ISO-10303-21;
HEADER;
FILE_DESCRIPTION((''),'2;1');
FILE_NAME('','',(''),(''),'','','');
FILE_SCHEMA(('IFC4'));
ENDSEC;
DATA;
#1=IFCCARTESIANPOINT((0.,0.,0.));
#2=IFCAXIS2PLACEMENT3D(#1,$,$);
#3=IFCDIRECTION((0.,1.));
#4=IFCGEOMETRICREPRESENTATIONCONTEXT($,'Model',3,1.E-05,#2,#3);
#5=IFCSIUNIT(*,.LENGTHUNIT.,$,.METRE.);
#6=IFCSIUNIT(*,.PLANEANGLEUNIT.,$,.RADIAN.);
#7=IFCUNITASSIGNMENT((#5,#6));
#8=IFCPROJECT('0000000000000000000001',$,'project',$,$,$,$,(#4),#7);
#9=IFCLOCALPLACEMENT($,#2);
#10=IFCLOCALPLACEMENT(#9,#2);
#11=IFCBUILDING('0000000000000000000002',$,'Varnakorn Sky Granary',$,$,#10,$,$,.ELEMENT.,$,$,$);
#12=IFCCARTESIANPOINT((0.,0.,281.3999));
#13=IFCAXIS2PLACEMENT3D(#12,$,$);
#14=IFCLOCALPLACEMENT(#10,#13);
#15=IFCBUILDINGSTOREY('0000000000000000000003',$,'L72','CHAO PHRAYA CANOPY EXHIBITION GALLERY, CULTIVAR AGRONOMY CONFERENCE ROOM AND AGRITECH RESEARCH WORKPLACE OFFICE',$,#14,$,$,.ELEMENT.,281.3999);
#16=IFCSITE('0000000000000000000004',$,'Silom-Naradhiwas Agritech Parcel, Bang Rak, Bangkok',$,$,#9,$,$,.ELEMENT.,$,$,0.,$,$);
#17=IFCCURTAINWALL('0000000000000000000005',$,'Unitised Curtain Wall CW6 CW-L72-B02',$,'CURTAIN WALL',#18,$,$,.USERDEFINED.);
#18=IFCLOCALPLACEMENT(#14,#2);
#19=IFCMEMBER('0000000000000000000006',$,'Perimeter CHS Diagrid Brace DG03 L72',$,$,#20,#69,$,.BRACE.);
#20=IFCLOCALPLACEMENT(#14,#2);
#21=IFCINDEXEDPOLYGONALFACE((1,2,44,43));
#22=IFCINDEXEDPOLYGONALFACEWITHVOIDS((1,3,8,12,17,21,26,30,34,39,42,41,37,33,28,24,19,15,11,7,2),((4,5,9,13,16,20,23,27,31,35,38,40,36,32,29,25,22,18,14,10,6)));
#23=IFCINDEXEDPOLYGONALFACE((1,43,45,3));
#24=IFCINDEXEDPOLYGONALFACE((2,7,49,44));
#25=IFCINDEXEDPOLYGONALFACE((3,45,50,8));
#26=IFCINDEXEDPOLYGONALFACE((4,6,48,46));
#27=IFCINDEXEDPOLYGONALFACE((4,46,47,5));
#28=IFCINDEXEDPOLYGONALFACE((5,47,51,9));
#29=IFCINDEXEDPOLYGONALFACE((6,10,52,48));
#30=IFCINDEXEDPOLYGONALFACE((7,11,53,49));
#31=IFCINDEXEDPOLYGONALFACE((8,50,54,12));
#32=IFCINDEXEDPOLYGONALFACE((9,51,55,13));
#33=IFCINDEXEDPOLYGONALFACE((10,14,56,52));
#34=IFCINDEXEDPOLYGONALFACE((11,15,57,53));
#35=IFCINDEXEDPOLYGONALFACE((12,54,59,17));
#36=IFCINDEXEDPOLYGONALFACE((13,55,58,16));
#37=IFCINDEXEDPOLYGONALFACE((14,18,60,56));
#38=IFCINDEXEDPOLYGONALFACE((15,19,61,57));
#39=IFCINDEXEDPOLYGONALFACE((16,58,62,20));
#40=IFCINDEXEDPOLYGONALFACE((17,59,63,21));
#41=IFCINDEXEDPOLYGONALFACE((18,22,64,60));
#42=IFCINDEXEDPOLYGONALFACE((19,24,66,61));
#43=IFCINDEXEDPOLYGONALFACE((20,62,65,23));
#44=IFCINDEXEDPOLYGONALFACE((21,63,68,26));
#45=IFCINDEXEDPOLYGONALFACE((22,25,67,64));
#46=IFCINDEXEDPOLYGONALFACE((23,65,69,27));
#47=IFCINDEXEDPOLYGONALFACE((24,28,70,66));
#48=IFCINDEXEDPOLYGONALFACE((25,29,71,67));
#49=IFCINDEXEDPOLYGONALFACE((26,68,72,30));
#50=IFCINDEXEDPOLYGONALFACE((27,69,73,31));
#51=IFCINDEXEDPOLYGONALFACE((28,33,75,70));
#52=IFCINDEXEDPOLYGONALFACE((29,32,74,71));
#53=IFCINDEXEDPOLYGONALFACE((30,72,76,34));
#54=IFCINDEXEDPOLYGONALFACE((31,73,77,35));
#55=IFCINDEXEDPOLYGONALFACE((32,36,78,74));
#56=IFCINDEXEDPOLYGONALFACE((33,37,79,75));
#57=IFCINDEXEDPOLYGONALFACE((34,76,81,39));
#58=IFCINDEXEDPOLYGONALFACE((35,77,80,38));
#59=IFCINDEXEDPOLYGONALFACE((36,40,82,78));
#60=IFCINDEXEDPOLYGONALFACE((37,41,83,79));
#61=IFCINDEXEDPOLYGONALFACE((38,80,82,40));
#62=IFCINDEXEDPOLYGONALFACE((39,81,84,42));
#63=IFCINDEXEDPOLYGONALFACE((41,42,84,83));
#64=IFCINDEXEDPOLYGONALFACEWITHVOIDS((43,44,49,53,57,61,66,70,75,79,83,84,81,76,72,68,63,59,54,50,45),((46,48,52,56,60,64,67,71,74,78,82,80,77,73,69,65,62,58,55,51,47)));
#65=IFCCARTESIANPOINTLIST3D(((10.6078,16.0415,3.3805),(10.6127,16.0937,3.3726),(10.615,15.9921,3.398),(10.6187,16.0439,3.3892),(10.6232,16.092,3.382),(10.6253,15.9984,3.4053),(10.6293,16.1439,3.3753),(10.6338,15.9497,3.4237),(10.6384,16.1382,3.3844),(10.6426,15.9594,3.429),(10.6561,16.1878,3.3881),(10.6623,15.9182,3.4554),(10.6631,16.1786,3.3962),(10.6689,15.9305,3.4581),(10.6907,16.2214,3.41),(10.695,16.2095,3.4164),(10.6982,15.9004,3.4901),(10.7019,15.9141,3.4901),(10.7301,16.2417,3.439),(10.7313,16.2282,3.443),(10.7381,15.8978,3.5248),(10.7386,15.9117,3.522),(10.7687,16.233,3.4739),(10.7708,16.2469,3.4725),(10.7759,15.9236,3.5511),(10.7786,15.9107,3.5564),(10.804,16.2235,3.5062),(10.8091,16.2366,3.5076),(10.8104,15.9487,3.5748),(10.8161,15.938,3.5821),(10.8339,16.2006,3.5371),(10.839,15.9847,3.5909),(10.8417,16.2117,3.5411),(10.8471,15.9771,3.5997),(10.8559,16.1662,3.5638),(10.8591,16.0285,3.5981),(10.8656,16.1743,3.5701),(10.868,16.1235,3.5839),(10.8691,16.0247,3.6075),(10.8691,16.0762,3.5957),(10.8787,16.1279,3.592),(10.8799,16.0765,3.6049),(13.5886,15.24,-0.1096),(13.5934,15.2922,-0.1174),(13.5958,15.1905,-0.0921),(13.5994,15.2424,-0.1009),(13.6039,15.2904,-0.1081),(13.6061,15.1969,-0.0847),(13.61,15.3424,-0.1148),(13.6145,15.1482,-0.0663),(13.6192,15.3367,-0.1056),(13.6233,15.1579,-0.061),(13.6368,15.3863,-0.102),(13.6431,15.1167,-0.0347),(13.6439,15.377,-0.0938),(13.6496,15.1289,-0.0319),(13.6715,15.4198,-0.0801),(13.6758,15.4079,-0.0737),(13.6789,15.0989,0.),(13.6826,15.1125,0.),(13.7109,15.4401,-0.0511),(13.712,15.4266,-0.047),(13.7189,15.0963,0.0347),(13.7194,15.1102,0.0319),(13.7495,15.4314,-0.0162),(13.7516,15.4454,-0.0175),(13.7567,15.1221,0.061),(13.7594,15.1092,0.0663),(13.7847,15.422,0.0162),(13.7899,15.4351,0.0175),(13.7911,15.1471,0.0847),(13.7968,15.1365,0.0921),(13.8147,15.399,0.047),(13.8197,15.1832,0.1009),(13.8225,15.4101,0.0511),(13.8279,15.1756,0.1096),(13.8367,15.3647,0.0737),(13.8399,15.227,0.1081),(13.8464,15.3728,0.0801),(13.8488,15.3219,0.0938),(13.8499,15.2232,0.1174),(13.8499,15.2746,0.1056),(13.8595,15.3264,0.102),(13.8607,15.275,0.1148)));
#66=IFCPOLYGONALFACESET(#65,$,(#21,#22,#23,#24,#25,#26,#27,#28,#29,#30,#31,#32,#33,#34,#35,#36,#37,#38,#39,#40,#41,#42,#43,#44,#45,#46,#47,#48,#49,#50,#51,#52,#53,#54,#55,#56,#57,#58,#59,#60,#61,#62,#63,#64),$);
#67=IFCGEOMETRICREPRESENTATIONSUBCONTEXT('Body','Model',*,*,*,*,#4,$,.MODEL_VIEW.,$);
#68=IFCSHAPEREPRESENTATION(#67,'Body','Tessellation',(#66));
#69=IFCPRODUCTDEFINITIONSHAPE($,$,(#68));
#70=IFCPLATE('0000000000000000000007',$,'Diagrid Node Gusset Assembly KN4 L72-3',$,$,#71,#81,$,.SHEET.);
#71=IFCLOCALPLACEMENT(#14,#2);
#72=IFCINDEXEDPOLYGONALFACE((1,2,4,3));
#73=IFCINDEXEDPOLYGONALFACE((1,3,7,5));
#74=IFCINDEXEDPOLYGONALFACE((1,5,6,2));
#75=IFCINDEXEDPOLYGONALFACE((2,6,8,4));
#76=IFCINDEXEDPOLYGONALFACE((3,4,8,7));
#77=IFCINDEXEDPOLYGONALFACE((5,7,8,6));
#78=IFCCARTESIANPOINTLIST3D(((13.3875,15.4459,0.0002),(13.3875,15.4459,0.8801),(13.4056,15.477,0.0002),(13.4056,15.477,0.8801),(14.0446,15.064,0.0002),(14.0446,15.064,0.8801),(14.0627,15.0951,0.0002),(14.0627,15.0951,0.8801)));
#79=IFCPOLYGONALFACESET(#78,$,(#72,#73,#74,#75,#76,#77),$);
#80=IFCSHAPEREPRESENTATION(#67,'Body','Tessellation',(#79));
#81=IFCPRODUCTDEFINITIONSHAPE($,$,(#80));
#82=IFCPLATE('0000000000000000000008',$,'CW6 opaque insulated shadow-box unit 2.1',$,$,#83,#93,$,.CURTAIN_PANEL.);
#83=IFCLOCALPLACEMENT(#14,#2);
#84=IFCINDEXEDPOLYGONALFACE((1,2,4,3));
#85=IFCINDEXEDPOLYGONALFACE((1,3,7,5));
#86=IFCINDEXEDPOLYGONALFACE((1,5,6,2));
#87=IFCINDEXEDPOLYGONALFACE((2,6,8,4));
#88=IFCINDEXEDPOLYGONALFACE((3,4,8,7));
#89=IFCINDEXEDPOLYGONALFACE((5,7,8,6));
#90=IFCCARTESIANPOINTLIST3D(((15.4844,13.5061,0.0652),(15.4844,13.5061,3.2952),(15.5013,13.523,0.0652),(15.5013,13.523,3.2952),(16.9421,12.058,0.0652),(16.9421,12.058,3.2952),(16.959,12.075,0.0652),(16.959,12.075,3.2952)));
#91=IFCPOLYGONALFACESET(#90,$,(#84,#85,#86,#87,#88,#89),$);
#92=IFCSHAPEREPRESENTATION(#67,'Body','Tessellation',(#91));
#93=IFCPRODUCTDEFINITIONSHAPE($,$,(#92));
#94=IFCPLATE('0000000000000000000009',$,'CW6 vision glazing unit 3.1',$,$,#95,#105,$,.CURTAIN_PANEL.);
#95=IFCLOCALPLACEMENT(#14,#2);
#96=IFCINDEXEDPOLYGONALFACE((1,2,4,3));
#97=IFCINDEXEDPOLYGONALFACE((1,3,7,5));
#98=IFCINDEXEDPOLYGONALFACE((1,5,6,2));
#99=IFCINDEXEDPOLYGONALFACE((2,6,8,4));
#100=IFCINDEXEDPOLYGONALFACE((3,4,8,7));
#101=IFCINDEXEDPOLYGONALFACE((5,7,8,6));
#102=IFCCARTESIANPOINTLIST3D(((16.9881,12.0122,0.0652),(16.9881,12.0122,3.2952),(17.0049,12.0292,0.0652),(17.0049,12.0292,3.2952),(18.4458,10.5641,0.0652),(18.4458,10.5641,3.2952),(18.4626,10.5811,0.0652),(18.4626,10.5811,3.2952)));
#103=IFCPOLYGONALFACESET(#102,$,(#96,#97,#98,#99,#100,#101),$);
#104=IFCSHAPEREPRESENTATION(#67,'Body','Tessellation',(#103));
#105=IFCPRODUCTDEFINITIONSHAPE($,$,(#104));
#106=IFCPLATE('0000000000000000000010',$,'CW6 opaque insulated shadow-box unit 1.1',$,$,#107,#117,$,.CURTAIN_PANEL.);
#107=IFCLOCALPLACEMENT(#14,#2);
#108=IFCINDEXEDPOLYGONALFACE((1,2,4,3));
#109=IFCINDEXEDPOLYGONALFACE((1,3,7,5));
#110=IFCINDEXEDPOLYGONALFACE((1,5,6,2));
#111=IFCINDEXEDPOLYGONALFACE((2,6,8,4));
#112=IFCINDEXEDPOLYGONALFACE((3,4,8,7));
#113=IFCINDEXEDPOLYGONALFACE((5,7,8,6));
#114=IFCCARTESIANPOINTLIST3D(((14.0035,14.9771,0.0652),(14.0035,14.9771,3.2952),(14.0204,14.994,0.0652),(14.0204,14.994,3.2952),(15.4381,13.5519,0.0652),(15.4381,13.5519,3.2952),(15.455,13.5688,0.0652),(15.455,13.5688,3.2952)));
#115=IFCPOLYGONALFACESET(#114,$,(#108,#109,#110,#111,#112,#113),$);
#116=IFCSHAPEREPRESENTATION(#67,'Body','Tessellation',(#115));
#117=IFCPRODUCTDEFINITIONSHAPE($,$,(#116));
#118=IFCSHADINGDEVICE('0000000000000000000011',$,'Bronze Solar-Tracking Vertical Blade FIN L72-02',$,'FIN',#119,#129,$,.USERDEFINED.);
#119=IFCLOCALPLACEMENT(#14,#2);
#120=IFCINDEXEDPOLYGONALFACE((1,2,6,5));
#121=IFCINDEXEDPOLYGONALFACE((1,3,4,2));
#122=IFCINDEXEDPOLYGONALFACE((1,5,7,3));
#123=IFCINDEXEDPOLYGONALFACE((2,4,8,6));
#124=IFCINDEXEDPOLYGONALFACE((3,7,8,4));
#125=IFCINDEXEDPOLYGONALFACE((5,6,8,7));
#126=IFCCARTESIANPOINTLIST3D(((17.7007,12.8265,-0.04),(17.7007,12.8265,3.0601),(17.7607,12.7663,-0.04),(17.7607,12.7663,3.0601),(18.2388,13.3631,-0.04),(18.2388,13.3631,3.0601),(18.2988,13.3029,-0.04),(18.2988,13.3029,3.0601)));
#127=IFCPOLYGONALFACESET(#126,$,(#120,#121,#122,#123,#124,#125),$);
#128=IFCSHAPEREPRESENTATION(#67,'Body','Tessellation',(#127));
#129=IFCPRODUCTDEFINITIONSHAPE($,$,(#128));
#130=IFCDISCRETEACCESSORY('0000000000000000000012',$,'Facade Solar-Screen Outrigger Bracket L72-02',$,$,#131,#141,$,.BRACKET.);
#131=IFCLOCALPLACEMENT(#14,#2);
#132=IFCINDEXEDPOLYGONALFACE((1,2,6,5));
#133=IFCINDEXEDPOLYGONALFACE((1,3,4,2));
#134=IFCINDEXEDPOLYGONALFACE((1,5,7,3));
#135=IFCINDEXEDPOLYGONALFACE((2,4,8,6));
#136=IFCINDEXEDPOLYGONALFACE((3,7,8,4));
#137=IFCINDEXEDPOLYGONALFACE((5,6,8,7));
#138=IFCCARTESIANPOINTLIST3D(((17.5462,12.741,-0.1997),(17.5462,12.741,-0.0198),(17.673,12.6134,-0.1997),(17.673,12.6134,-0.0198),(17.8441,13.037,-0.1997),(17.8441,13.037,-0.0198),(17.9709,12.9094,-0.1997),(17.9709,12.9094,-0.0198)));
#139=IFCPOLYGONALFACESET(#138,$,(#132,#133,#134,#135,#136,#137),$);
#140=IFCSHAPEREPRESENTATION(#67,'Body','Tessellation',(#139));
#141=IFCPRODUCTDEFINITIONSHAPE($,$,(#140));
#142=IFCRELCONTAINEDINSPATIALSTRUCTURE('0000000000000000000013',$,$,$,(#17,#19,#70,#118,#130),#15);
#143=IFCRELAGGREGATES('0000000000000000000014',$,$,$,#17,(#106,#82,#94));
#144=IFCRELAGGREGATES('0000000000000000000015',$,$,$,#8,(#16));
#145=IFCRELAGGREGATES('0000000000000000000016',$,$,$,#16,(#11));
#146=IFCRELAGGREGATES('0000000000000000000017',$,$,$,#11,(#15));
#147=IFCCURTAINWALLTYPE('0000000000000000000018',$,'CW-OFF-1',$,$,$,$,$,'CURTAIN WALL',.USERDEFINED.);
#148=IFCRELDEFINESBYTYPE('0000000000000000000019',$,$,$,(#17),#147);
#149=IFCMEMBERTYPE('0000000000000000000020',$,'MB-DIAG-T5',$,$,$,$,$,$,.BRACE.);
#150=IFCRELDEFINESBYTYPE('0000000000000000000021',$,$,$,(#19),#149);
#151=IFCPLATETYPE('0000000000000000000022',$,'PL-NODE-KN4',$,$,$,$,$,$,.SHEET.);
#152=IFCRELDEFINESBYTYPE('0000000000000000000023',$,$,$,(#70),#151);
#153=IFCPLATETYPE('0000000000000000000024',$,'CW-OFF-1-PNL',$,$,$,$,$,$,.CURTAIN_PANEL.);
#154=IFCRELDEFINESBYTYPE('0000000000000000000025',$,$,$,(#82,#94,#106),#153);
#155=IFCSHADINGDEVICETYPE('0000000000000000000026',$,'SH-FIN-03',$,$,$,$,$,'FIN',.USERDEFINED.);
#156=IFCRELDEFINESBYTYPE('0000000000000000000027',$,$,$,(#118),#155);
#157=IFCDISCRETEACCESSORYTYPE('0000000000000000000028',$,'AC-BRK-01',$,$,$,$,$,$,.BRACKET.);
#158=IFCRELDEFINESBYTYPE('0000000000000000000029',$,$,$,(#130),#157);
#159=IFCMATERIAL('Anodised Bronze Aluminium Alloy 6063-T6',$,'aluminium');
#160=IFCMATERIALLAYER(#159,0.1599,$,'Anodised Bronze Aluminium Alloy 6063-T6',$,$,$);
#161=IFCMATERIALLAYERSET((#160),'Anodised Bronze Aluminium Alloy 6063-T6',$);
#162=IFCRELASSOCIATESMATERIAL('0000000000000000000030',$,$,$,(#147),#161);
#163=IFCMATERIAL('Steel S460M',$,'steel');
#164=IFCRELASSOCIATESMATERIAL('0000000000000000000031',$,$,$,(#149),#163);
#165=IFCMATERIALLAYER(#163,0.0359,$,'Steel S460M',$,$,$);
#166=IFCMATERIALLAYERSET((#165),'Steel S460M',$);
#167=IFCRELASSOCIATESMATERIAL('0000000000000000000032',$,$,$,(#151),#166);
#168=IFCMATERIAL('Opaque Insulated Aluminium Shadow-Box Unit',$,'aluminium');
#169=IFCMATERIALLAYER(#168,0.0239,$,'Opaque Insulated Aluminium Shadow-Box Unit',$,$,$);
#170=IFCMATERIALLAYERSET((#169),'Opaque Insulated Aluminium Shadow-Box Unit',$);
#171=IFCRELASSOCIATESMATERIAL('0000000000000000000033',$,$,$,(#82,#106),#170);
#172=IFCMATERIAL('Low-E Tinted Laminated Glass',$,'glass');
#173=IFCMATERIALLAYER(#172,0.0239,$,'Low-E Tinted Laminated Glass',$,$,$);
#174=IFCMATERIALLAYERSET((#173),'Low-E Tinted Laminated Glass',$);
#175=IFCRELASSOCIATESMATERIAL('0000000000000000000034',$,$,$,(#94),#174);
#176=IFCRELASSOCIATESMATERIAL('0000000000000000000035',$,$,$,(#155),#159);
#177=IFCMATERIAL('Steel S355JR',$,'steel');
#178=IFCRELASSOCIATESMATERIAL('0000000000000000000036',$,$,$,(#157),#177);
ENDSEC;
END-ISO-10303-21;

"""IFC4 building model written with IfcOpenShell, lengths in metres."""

from ifc_helpers import new_model, si_unit, direction, frame, origin, origin_2d, place, context, subcontext, project, spatial, rectangle, hollow_circle, extrude, source, transform, mapped, material, layer, layer_set, material_profile, profile_set, type_object, type_shapes, element, aggregate, save


model = new_model("IFC4")

# Units and contexts
model_context = context("Model", 3, precision=1e-05, world=origin(), true_north=direction((0.0, 1.0)))
body_context = subcontext(model_context, "Body", "Model", "MODEL_VIEW")
ifc_project = project(units=[si_unit("LENGTHUNIT", "METRE"), si_unit("PLANEANGLEUNIT", "RADIAN")], contexts=[model_context])

# Site, building, storey
site_placement = place(None, origin())
site = spatial("IfcSite", under=ifc_project, at=site_placement, Name="Silom-Naradhiwas Agritech Parcel, Bang Rak, Bangkok", CompositionType="ELEMENT", RefElevation=0.0)
building_placement = place(site_placement, origin())
building = spatial("IfcBuilding", under=site, at=building_placement, Name="Varnakorn Sky Granary", CompositionType="ELEMENT")
storey_placement = place(building_placement, frame((0.0, 0.0, 281.3999)))
storey = spatial("IfcBuildingStorey", under=building, at=storey_placement, Name="L72", Description="CHAO PHRAYA CANOPY EXHIBITION GALLERY, CULTIVAR AGRONOMY CONFERENCE ROOM AND AGRITECH RESEARCH WORKPLACE OFFICE", CompositionType="ELEMENT", Elevation=281.3999)

# Shared definitions
ifc_material_1 = material(Name="Steel S460M", Category="steel")

# Shared definitions
ifc_material_2 = material(Name="Steel S355JR", Category="steel")

# Curtain wall
ifc_material_3 = material(Name="Anodised Bronze Aluminium Alloy 6063-T6", Category="aluminium")
ifc_layer_1 = layer(ifc_material_3, 0.1599, Name="Anodised Bronze Aluminium Alloy 6063-T6")
ifc_layer_set_1 = layer_set([ifc_layer_1], Name="Anodised Bronze Aluminium Alloy 6063-T6")
curtain_wall_type = type_object("IfcCurtainWallType", Name="CW-OFF-1", ElementType="CURTAIN WALL", PredefinedType="USERDEFINED", material=ifc_layer_set_1)
curtain_wall_placement = place(storey_placement, origin())
curtain_wall = element("IfcCurtainWall", 1, at=curtain_wall_placement, inside=storey, type_object=curtain_wall_type, Name="Unitised Curtain Wall CW6 CW-L72-B02", ObjectType="CURTAIN WALL", PredefinedType="USERDEFINED")

# Member
ifc_material_profile_1 = material_profile(ifc_material_1, hollow_circle(Radius=0.1777, WallThickness=0.0142, at=origin_2d()), Name="CHS 355.6x14")
ifc_profile_set_1 = profile_set([ifc_material_profile_1], Name="Steel S460M")
member_type_1 = type_object("IfcMemberType", Name="MB-DIAG-T5", PredefinedType="BRACE", material=ifc_profile_set_1)
member_1_placement = place(storey_placement, frame((13.7251, 15.2705, 0.0), z_axis=(-0.639763, 0.172032, 0.749071), x_axis=(-0.259676, -0.965696, 0.0)))
element("IfcMember", 2, at=member_1_placement, inside=storey, type_object=member_type_1, Name="Perimeter CHS Diagrid Brace DG03 L72", PredefinedType="BRACE", context=body_context, shape_type="SweptSolid", body=[
    extrude(hollow_circle(Radius=0.1777, WallThickness=0.0142, at=origin_2d()), origin(), (0.0, 0.0, 1.0), 4.6592),
])

# Plates
ifc_layer_2 = layer(ifc_material_1, 0.0359, Name="Steel S460M")
ifc_layer_set_2 = layer_set([ifc_layer_2], Name="Steel S460M")
plate_type_1 = type_object("IfcPlateType", Name="PL-NODE-KN4", PredefinedType="SHEET", material=ifc_layer_set_2)
plate_1_placement = place(storey_placement, frame((13.7251, 15.2705, 0.0002), z_axis=(0.0, 0.0, 1.0), x_axis=(-0.864587, 0.502483, 0.0)))
element("IfcPlate", 3, at=plate_1_placement, inside=storey, type_object=plate_type_1, Name="Diagrid Node Gusset Assembly KN4 L72-3", PredefinedType="SHEET", context=body_context, shape_type="SweptSolid", body=[
    extrude(rectangle(XDim=0.76, YDim=0.0359, at=origin_2d()), origin(), (0.0, 0.0, 1.0), 0.8799),
])
ifc_material_4 = material(Name="Opaque Insulated Aluminium Shadow-Box Unit", Category="aluminium")
ifc_layer_3 = layer(ifc_material_4, 0.0239, Name="Opaque Insulated Aluminium Shadow-Box Unit")
ifc_layer_set_3 = layer_set([ifc_layer_3], Name="Opaque Insulated Aluminium Shadow-Box Unit")
plate_type_2 = type_object("IfcPlateType", Name="CW-OFF-1-PNL", PredefinedType="CURTAIN_PANEL")
shared_shape_1 = source(origin(), body_context, "Body", "SweptSolid", [
    extrude(rectangle(XDim=2.0547, YDim=0.0239, at=origin_2d()), origin(), (0.0, 0.0, 1.0), 3.23),
])
plate_2_placement = place(storey_placement, frame((16.2217, 12.7905, 0.0652), z_axis=(0.0, 0.0, 1.0), x_axis=(0.709444, -0.704762, 0.0)))
plate_2 = element("IfcPlate", 4, at=plate_2_placement, type_object=plate_type_2, material=ifc_layer_set_3, Name="CW6 opaque insulated shadow-box unit 2.1", PredefinedType="CURTAIN_PANEL", context=body_context, shape_type="MappedRepresentation", body=[
    mapped(shared_shape_1, transform((0.0, 0.0, 0.0), x_axis=(1.0, 0.0, 0.0), y_axis=(0.0, 1.0, 0.0), z_axis=(0.0, 0.0, 1.0), scale=1.0)),
])
ifc_material_5 = material(Name="Low-E Tinted Laminated Glass", Category="glass")
ifc_layer_4 = layer(ifc_material_5, 0.0239, Name="Low-E Tinted Laminated Glass")
ifc_layer_set_4 = layer_set([ifc_layer_4], Name="Low-E Tinted Laminated Glass")
plate_3_placement = place(storey_placement, frame((17.7253, 11.2966, 0.0652), z_axis=(0.0, 0.0, 1.0), x_axis=(0.709444, -0.704762, 0.0)))
plate_3 = element("IfcPlate", 5, at=plate_3_placement, type_object=plate_type_2, material=ifc_layer_set_4, Name="CW6 vision glazing unit 3.1", PredefinedType="CURTAIN_PANEL", context=body_context, shape_type="MappedRepresentation", body=[
    mapped(shared_shape_1, transform((0.0, 0.0, 0.0), x_axis=(1.0, 0.0, 0.0), y_axis=(0.0, 1.0, 0.0), z_axis=(0.0, 0.0, 1.0), scale=1.0)),
])
shared_shape_2 = source(origin(), body_context, "Body", "SweptSolid", [
    extrude(rectangle(XDim=2.0222, YDim=0.0239, at=origin_2d()), origin(), (0.0, 0.0, 1.0), 3.23),
])
type_shapes(plate_type_2, [shared_shape_1, shared_shape_2])
plate_4_placement = place(storey_placement, frame((14.7292, 14.2729, 0.0652), z_axis=(0.0, 0.0, 1.0), x_axis=(0.709444, -0.704762, 0.0)))
plate_4 = element("IfcPlate", 6, at=plate_4_placement, type_object=plate_type_2, material=ifc_layer_set_3, Name="CW6 opaque insulated shadow-box unit 1.1", PredefinedType="CURTAIN_PANEL", context=body_context, shape_type="MappedRepresentation", body=[
    mapped(shared_shape_2, transform((0.0, 0.0, 0.0), x_axis=(1.0, 0.0, 0.0), y_axis=(0.0, 1.0, 0.0), z_axis=(0.0, 0.0, 1.0), scale=1.0)),
])
aggregate(curtain_wall, [plate_4, plate_2, plate_3])

# Shading device
shading_device_type = type_object("IfcShadingDeviceType", Name="SH-FIN-03", ElementType="FIN", PredefinedType="USERDEFINED", material=ifc_material_3)
shared_shape_3 = source(origin(), body_context, "Body", "SweptSolid", [
    extrude(rectangle(XDim=0.085, YDim=0.76, at=origin_2d()), origin(), (0.0, 0.0, 1.0), 3.1001),
])
type_shapes(shading_device_type, [shared_shape_3])
shading_device_placement = place(storey_placement, frame((17.9998, 13.0647, -0.04), z_axis=(0.0, 0.0, 1.0), x_axis=(-0.706095, 0.708117, 0.0)))
element("IfcShadingDevice", 7, at=shading_device_placement, inside=storey, type_object=shading_device_type, Name="Bronze Solar-Tracking Vertical Blade FIN L72-02", ObjectType="FIN", PredefinedType="USERDEFINED", context=body_context, shape_type="MappedRepresentation", body=[
    mapped(shared_shape_3, transform((0.0, 0.0, 0.0), x_axis=(1.0, 0.0, 0.0), y_axis=(0.0, 1.0, 0.0), z_axis=(0.0, 0.0, 1.0), scale=1.0)),
])

# Discrete accessory
discrete_accessory_type = type_object("IfcDiscreteAccessoryType", Name="AC-BRK-01", PredefinedType="BRACKET", material=ifc_material_2)
shared_shape_4 = source(origin(), body_context, "Body", "SweptSolid", [
    extrude(rectangle(XDim=0.1799, YDim=0.4199, at=origin_2d()), origin(), (0.0, 0.0, 1.0), 0.1799),
])
type_shapes(discrete_accessory_type, [shared_shape_4])
discrete_accessory_placement = place(storey_placement, frame((17.7585, 12.8252, -0.1997), z_axis=(0.0, 0.0, 1.0), x_axis=(-0.704813, 0.709393, 0.0)))
element("IfcDiscreteAccessory", 8, at=discrete_accessory_placement, inside=storey, type_object=discrete_accessory_type, Name="Facade Solar-Screen Outrigger Bracket L72-02", PredefinedType="BRACKET", context=body_context, shape_type="MappedRepresentation", body=[
    mapped(shared_shape_4, transform((0.0, 0.0, 0.0), x_axis=(1.0, 0.0, 0.0), y_axis=(0.0, 1.0, 0.0), z_axis=(0.0, 0.0, 1.0), scale=1.0)),
])

save(model, "model.ifc")
